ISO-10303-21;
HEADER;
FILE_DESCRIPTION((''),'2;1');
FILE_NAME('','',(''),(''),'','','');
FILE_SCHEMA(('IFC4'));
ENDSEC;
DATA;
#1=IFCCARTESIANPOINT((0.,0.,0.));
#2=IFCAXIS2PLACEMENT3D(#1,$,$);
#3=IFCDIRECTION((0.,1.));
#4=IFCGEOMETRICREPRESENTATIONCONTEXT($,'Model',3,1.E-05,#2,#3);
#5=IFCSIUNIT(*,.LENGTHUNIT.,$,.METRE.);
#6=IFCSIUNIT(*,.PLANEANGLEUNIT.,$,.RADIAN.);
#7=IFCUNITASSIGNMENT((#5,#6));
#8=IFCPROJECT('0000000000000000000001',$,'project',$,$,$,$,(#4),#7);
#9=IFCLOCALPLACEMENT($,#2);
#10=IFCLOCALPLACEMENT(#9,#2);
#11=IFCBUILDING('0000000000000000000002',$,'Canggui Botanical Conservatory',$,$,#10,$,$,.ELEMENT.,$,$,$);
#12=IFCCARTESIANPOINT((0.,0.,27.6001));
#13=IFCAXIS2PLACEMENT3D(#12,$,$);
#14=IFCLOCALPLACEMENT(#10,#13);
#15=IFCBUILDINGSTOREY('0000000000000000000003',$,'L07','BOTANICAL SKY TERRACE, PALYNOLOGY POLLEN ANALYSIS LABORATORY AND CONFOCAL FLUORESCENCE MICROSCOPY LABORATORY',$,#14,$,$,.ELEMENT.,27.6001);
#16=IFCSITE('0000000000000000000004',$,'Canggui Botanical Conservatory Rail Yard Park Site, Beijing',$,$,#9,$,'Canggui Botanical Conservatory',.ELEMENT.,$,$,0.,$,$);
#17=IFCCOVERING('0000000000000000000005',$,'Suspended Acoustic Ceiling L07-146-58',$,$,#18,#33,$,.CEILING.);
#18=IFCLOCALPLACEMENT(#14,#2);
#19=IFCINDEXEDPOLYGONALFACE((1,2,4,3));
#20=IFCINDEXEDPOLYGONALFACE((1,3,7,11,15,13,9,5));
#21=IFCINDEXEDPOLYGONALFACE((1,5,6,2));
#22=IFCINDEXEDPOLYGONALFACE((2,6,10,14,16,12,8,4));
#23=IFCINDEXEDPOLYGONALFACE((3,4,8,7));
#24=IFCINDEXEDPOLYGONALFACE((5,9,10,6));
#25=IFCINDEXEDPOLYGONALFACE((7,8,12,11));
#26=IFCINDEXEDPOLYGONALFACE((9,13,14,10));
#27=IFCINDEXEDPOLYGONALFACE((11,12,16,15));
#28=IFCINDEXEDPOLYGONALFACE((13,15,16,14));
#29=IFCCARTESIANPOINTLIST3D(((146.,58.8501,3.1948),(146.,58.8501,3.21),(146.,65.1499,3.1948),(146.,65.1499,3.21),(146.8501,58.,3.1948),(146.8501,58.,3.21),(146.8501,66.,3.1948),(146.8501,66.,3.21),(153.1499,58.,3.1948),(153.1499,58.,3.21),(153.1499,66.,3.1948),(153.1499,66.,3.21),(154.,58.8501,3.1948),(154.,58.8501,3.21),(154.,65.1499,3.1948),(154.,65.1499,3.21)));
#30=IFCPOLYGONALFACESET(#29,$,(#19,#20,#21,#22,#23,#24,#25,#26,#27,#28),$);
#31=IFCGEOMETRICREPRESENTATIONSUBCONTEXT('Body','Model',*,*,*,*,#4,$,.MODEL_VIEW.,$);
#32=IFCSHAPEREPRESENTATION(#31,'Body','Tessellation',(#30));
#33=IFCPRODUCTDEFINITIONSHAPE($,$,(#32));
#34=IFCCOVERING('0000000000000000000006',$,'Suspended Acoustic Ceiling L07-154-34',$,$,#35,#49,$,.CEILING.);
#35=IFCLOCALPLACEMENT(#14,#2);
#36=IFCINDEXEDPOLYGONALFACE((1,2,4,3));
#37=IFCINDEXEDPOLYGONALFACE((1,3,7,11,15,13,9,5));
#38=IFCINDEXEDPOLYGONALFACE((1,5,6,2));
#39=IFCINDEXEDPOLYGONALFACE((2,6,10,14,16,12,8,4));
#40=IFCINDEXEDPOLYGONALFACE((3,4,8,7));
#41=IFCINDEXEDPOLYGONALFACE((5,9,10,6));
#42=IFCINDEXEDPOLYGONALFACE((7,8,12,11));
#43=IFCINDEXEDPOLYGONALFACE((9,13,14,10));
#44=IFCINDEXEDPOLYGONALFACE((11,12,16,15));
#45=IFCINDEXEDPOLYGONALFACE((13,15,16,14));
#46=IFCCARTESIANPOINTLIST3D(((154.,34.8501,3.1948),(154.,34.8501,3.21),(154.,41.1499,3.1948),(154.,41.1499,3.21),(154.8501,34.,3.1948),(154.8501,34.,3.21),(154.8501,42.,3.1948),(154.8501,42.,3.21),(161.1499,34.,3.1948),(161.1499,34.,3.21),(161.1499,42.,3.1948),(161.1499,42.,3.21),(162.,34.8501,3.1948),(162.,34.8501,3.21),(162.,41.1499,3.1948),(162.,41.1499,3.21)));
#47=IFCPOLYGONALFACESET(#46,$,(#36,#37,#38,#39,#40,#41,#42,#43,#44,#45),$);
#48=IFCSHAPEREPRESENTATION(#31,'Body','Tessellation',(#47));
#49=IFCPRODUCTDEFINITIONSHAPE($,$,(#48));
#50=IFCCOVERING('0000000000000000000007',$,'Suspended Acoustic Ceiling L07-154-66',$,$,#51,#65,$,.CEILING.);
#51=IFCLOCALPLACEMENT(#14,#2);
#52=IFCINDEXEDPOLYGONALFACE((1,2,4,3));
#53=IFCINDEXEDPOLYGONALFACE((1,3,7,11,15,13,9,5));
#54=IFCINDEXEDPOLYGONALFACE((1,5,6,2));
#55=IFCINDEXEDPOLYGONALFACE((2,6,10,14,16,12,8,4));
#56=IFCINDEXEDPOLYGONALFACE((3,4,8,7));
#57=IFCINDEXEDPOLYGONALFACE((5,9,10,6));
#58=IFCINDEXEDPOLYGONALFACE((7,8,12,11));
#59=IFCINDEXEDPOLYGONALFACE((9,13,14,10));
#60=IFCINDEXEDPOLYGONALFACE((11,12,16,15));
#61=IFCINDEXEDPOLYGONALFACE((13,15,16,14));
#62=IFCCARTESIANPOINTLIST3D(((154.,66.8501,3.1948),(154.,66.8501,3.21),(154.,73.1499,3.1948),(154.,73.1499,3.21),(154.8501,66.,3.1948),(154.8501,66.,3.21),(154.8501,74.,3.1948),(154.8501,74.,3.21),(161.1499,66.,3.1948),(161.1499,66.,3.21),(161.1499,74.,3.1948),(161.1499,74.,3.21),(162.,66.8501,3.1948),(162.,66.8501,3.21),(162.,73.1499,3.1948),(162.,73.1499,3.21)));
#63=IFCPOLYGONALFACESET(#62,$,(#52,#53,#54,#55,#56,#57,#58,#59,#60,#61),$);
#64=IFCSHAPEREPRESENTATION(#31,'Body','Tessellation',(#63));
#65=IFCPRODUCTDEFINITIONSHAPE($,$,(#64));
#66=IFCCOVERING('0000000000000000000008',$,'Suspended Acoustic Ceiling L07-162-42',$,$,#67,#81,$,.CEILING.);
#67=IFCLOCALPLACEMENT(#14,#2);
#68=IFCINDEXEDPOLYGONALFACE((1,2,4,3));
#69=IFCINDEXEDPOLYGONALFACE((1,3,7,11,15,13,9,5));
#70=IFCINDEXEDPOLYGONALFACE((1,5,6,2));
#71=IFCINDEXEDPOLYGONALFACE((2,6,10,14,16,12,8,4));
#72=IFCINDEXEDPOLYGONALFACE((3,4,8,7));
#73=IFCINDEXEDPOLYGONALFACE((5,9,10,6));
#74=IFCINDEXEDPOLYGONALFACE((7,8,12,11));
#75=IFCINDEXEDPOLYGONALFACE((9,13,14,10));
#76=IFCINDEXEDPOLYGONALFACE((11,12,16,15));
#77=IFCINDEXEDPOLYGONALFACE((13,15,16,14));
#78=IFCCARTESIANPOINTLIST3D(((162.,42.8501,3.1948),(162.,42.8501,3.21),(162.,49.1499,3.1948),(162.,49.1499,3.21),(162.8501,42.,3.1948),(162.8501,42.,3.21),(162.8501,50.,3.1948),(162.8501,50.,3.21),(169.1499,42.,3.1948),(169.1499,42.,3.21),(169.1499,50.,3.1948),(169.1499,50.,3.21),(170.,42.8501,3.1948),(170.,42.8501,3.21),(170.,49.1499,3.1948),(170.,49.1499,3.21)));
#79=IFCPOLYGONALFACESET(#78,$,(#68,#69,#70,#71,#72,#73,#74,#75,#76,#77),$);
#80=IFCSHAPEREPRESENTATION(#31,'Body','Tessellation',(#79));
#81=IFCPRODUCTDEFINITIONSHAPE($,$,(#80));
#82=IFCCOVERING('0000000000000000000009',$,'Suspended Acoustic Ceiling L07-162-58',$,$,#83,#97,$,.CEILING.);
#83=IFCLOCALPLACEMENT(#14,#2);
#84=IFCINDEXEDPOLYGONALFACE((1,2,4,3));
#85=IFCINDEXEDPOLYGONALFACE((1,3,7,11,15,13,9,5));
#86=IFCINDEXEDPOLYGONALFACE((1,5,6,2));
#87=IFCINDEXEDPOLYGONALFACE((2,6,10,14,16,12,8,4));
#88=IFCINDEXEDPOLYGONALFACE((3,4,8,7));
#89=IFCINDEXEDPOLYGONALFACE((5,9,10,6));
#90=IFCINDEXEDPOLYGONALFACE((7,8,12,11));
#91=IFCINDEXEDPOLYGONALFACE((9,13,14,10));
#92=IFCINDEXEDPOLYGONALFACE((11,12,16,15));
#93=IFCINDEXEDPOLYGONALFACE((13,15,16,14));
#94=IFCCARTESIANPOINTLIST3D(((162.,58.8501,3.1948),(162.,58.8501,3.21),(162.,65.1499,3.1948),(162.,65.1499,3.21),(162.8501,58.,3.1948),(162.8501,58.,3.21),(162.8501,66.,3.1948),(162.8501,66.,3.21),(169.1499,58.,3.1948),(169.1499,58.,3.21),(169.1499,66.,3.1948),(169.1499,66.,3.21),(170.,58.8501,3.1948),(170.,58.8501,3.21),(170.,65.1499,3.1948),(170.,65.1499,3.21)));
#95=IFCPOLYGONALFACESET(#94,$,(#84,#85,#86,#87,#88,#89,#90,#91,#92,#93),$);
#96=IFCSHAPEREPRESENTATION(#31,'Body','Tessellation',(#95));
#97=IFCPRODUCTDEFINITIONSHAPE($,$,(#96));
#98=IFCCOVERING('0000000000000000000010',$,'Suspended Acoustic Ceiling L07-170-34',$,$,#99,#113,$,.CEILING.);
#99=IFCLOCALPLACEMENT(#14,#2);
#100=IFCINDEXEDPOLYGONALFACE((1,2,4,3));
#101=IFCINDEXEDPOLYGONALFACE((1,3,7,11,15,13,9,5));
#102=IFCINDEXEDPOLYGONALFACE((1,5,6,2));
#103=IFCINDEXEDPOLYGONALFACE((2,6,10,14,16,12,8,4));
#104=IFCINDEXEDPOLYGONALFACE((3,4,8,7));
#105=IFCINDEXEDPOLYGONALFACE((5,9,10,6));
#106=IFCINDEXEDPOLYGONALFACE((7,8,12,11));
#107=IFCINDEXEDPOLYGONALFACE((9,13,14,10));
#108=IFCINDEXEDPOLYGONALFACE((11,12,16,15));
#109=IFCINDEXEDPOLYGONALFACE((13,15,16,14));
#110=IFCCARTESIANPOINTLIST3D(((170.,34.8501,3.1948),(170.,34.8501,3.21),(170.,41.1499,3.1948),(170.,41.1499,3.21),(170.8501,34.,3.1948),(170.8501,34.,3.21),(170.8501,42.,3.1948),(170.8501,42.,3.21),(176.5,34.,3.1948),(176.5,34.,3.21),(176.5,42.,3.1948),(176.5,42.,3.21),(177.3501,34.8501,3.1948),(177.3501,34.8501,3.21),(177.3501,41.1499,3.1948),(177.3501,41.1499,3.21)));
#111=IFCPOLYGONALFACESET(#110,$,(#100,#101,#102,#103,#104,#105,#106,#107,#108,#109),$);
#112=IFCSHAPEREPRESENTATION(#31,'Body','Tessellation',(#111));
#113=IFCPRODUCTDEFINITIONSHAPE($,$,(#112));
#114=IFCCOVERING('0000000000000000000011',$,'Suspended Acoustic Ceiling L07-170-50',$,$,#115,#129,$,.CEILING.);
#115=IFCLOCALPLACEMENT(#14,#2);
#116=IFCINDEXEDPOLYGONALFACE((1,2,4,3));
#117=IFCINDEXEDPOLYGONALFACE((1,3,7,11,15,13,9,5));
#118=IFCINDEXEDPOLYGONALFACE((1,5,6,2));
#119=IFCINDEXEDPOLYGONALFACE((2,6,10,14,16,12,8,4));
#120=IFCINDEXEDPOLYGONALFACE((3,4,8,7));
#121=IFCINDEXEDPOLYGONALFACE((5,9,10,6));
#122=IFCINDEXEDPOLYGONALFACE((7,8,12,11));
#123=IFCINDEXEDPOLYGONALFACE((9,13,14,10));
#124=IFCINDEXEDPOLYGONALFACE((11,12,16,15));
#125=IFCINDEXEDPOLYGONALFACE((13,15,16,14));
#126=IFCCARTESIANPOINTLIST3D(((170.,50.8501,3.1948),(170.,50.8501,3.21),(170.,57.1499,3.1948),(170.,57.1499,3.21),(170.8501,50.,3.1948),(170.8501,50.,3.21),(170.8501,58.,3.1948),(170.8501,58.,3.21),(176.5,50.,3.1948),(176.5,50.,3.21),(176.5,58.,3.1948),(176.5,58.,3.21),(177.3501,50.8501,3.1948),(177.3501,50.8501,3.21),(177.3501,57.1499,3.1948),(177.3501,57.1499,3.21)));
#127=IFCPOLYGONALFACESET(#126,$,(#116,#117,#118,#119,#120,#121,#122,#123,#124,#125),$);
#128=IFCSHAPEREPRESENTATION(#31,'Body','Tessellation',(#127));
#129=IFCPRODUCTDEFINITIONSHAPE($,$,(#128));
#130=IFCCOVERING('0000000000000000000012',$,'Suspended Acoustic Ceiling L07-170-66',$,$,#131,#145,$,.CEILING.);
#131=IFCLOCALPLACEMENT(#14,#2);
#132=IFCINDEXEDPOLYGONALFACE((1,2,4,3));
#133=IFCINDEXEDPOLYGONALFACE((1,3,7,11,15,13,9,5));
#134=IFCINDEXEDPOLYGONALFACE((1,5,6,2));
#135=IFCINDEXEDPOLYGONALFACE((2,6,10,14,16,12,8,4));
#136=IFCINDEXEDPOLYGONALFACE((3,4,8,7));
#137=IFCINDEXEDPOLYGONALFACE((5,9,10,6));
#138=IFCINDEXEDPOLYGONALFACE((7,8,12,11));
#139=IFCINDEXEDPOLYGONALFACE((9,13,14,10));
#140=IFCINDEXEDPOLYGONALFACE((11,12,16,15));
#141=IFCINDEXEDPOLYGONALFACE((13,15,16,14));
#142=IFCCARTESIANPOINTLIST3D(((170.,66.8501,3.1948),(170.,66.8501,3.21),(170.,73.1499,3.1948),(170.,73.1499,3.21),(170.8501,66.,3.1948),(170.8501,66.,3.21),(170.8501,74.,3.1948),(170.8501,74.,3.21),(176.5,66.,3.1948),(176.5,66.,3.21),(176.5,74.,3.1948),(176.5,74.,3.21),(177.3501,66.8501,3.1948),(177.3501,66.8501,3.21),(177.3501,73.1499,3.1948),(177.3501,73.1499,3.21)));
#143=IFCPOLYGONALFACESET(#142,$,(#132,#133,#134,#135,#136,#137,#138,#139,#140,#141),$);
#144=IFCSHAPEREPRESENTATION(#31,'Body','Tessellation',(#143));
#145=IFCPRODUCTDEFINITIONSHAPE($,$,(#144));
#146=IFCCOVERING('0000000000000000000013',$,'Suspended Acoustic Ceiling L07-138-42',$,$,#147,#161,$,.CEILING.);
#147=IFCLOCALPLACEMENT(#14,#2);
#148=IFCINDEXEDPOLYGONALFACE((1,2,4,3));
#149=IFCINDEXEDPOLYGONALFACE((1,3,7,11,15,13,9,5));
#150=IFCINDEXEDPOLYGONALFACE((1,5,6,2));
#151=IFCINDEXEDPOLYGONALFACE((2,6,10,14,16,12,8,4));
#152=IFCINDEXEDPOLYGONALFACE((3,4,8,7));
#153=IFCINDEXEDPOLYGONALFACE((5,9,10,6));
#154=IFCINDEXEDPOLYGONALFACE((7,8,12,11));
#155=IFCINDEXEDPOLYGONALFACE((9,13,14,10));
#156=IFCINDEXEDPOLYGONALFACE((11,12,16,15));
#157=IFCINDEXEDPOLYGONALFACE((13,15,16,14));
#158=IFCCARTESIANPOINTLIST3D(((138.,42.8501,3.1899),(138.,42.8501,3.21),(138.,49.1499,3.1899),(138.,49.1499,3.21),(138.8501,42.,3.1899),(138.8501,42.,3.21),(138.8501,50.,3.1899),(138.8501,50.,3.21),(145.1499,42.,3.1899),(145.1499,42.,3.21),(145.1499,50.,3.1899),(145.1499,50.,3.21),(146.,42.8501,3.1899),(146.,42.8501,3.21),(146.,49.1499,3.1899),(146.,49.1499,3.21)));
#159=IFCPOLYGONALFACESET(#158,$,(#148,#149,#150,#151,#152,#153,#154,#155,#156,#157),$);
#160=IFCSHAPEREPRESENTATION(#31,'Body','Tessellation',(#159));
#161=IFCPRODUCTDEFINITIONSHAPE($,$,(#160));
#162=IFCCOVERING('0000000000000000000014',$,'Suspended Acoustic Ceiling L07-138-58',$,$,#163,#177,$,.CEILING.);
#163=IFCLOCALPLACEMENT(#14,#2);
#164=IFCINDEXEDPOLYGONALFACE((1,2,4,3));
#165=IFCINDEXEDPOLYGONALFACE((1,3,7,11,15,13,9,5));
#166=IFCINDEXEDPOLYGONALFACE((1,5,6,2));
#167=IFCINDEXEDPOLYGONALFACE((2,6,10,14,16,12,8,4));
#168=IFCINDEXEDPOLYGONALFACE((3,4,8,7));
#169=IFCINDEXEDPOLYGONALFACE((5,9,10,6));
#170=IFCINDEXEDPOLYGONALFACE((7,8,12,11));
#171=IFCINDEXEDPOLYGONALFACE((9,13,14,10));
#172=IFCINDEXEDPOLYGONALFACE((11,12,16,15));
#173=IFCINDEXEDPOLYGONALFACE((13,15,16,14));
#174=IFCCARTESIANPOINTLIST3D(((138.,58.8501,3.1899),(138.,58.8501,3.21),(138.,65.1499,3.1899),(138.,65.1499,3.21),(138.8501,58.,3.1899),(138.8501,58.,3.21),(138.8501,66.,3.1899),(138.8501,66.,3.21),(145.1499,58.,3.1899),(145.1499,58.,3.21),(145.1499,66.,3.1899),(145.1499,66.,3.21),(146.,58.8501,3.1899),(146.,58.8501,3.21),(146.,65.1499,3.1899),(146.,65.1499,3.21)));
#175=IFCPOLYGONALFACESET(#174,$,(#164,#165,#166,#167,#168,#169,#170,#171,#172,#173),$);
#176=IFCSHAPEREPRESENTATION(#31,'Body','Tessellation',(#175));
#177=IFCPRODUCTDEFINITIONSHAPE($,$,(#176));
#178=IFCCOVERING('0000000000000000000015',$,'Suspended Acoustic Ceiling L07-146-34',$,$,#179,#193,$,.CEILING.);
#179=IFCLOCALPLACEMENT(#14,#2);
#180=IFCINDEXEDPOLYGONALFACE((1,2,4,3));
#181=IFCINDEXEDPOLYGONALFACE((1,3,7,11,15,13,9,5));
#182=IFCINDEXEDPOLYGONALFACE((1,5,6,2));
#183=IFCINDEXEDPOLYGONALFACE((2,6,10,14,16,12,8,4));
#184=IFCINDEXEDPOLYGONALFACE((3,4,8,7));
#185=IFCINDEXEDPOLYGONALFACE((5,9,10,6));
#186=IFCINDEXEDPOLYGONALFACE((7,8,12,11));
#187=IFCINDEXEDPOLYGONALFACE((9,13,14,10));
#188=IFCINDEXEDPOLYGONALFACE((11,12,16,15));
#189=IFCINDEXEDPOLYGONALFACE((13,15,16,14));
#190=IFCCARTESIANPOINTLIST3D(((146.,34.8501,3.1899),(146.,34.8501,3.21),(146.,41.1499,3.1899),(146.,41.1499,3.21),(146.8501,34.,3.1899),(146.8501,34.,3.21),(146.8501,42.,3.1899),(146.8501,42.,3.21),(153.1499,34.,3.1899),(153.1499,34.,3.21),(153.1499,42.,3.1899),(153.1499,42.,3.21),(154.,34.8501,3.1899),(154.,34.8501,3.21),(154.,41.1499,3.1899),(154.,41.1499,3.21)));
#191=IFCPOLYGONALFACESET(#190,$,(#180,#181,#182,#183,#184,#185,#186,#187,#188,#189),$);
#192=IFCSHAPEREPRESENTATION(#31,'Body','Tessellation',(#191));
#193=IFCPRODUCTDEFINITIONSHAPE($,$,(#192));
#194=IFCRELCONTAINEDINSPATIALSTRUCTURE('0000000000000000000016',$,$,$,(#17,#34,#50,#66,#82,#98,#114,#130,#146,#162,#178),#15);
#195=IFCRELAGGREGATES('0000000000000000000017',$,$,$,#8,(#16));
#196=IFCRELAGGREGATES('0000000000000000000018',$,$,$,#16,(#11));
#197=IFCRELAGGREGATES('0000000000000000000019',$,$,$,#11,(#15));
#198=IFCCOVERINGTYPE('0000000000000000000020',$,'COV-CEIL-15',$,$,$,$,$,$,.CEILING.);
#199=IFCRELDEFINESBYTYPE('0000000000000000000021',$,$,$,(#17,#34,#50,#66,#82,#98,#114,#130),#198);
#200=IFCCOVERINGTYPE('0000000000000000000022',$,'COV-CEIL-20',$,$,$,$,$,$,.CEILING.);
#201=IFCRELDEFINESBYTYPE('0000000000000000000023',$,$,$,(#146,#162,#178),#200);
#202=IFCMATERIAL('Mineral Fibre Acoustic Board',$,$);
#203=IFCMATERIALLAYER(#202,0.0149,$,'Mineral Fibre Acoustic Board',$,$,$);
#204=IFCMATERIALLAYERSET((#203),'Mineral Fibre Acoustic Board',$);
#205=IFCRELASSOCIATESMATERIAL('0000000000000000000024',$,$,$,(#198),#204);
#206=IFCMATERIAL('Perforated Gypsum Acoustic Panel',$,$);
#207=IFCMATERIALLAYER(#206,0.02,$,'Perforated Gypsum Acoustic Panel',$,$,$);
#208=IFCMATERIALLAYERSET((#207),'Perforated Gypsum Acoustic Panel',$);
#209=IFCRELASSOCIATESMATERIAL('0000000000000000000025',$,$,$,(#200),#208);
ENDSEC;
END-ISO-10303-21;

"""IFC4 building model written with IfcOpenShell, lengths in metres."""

from ifc_helpers import new_model, si_unit, direction, frame, origin, place, context, subcontext, project, spatial, polyline, outline, extrude, material, layer, layer_set, type_object, element, save


model = new_model("IFC4")

# Units and contexts
model_context = context("Model", 3, precision=1e-05, world=origin(), true_north=direction((0.0, 1.0)))
body_context = subcontext(model_context, "Body", "Model", "MODEL_VIEW")
ifc_project = project(units=[si_unit("LENGTHUNIT", "METRE"), si_unit("PLANEANGLEUNIT", "RADIAN")], contexts=[model_context])

# Site, building, storey
site_placement = place(None, origin())
site = spatial("IfcSite", under=ifc_project, at=site_placement, Name="Canggui Botanical Conservatory Rail Yard Park Site, Beijing", LongName="Canggui Botanical Conservatory", CompositionType="ELEMENT", RefElevation=0.0)
building_placement = place(site_placement, origin())
building = spatial("IfcBuilding", under=site, at=building_placement, Name="Canggui Botanical Conservatory", CompositionType="ELEMENT")
storey_placement = place(building_placement, frame((0.0, 0.0, 27.6001)))
storey = spatial("IfcBuildingStorey", under=building, at=storey_placement, Name="L07", Description="BOTANICAL SKY TERRACE, PALYNOLOGY POLLEN ANALYSIS LABORATORY AND CONFOCAL FLUORESCENCE MICROSCOPY LABORATORY", CompositionType="ELEMENT", Elevation=27.6001)

# Coverings
ifc_material_1 = material(Name="Mineral Fibre Acoustic Board")
ifc_layer_1 = layer(ifc_material_1, 0.0149, Name="Mineral Fibre Acoustic Board")
ifc_layer_set_1 = layer_set([ifc_layer_1], Name="Mineral Fibre Acoustic Board")
covering_type_1 = type_object("IfcCoveringType", Name="COV-CEIL-15", PredefinedType="CEILING", material=ifc_layer_set_1)
covering_1_placement = place(storey_placement, frame((0.0, 0.0, 3.1948)))
element("IfcCovering", 1, at=covering_1_placement, inside=storey, type_object=covering_type_1, Name="Suspended Acoustic Ceiling L07-146-58", PredefinedType="CEILING", context=body_context, shape_type="SweptSolid", body=[
    extrude(outline(polyline([(146.8501, 58.0), (153.1499, 58.0), (154.0, 58.8501), (154.0, 65.1499), (153.1499, 66.0), (146.8501, 66.0), (146.0, 65.1499), (146.0, 58.8501), (146.8501, 58.0)])), origin(), (0.0, 0.0, 1.0), 0.0151),
])
covering_2_placement = place(storey_placement, frame((0.0, 0.0, 3.1948)))
element("IfcCovering", 2, at=covering_2_placement, inside=storey, type_object=covering_type_1, Name="Suspended Acoustic Ceiling L07-154-34", PredefinedType="CEILING", context=body_context, shape_type="SweptSolid", body=[
    extrude(outline(polyline([(154.8501, 34.0), (161.1499, 34.0), (162.0, 34.8501), (162.0, 41.1499), (161.1499, 42.0), (154.8501, 42.0), (154.0, 41.1499), (154.0, 34.8501), (154.8501, 34.0)])), origin(), (0.0, 0.0, 1.0), 0.0151),
])
covering_3_placement = place(storey_placement, frame((0.0, 0.0, 3.1948)))
element("IfcCovering", 3, at=covering_3_placement, inside=storey, type_object=covering_type_1, Name="Suspended Acoustic Ceiling L07-154-66", PredefinedType="CEILING", context=body_context, shape_type="SweptSolid", body=[
    extrude(outline(polyline([(154.8501, 66.0), (161.1499, 66.0), (162.0, 66.8501), (162.0, 73.1499), (161.1499, 74.0), (154.8501, 74.0), (154.0, 73.1499), (154.0, 66.8501), (154.8501, 66.0)])), origin(), (0.0, 0.0, 1.0), 0.0151),
])
covering_4_placement = place(storey_placement, frame((0.0, 0.0, 3.1948)))
element("IfcCovering", 4, at=covering_4_placement, inside=storey, type_object=covering_type_1, Name="Suspended Acoustic Ceiling L07-162-42", PredefinedType="CEILING", context=body_context, shape_type="SweptSolid", body=[
    extrude(outline(polyline([(162.8501, 42.0), (169.1499, 42.0), (170.0, 42.8501), (170.0, 49.1499), (169.1499, 50.0), (162.8501, 50.0), (162.0, 49.1499), (162.0, 42.8501), (162.8501, 42.0)])), origin(), (0.0, 0.0, 1.0), 0.0151),
])
covering_5_placement = place(storey_placement, frame((0.0, 0.0, 3.1948)))
element("IfcCovering", 5, at=covering_5_placement, inside=storey, type_object=covering_type_1, Name="Suspended Acoustic Ceiling L07-162-58", PredefinedType="CEILING", context=body_context, shape_type="SweptSolid", body=[
    extrude(outline(polyline([(162.8501, 58.0), (169.1499, 58.0), (170.0, 58.8501), (170.0, 65.1499), (169.1499, 66.0), (162.8501, 66.0), (162.0, 65.1499), (162.0, 58.8501), (162.8501, 58.0)])), origin(), (0.0, 0.0, 1.0), 0.0151),
])
covering_6_placement = place(storey_placement, frame((0.0, 0.0, 3.1948)))
element("IfcCovering", 6, at=covering_6_placement, inside=storey, type_object=covering_type_1, Name="Suspended Acoustic Ceiling L07-170-34", PredefinedType="CEILING", context=body_context, shape_type="SweptSolid", body=[
    extrude(outline(polyline([(170.8501, 34.0), (176.5, 34.0), (177.3501, 34.8501), (177.3501, 41.1499), (176.5, 42.0), (170.8501, 42.0), (170.0, 41.1499), (170.0, 34.8501), (170.8501, 34.0)])), origin(), (0.0, 0.0, 1.0), 0.0151),
])
covering_7_placement = place(storey_placement, frame((0.0, 0.0, 3.1948)))
element("IfcCovering", 7, at=covering_7_placement, inside=storey, type_object=covering_type_1, Name="Suspended Acoustic Ceiling L07-170-50", PredefinedType="CEILING", context=body_context, shape_type="SweptSolid", body=[
    extrude(outline(polyline([(170.8501, 50.0), (176.5, 50.0), (177.3501, 50.8501), (177.3501, 57.1499), (176.5, 58.0), (170.8501, 58.0), (170.0, 57.1499), (170.0, 50.8501), (170.8501, 50.0)])), origin(), (0.0, 0.0, 1.0), 0.0151),
])
covering_8_placement = place(storey_placement, frame((0.0, 0.0, 3.1948)))
element("IfcCovering", 8, at=covering_8_placement, inside=storey, type_object=covering_type_1, Name="Suspended Acoustic Ceiling L07-170-66", PredefinedType="CEILING", context=body_context, shape_type="SweptSolid", body=[
    extrude(outline(polyline([(170.8501, 66.0), (176.5, 66.0), (177.3501, 66.8501), (177.3501, 73.1499), (176.5, 74.0), (170.8501, 74.0), (170.0, 73.1499), (170.0, 66.8501), (170.8501, 66.0)])), origin(), (0.0, 0.0, 1.0), 0.0151),
])
ifc_material_2 = material(Name="Perforated Gypsum Acoustic Panel")
ifc_layer_2 = layer(ifc_material_2, 0.02, Name="Perforated Gypsum Acoustic Panel")
ifc_layer_set_2 = layer_set([ifc_layer_2], Name="Perforated Gypsum Acoustic Panel")
covering_type_2 = type_object("IfcCoveringType", Name="COV-CEIL-20", PredefinedType="CEILING", material=ifc_layer_set_2)
covering_9_placement = place(storey_placement, frame((0.0, 0.0, 3.1899)))
element("IfcCovering", 9, at=covering_9_placement, inside=storey, type_object=covering_type_2, Name="Suspended Acoustic Ceiling L07-138-42", PredefinedType="CEILING", context=body_context, shape_type="SweptSolid", body=[
    extrude(outline(polyline([(138.8501, 42.0), (145.1499, 42.0), (146.0, 42.8501), (146.0, 49.1499), (145.1499, 50.0), (138.8501, 50.0), (138.0, 49.1499), (138.0, 42.8501), (138.8501, 42.0)])), origin(), (0.0, 0.0, 1.0), 0.02),
])
covering_10_placement = place(storey_placement, frame((0.0, 0.0, 3.1899)))
element("IfcCovering", 10, at=covering_10_placement, inside=storey, type_object=covering_type_2, Name="Suspended Acoustic Ceiling L07-138-58", PredefinedType="CEILING", context=body_context, shape_type="SweptSolid", body=[
    extrude(outline(polyline([(138.8501, 58.0), (145.1499, 58.0), (146.0, 58.8501), (146.0, 65.1499), (145.1499, 66.0), (138.8501, 66.0), (138.0, 65.1499), (138.0, 58.8501), (138.8501, 58.0)])), origin(), (0.0, 0.0, 1.0), 0.02),
])
covering_11_placement = place(storey_placement, frame((0.0, 0.0, 3.1899)))
element("IfcCovering", 11, at=covering_11_placement, inside=storey, type_object=covering_type_2, Name="Suspended Acoustic Ceiling L07-146-34", PredefinedType="CEILING", context=body_context, shape_type="SweptSolid", body=[
    extrude(outline(polyline([(146.8501, 34.0), (153.1499, 34.0), (154.0, 34.8501), (154.0, 41.1499), (153.1499, 42.0), (146.8501, 42.0), (146.0, 41.1499), (146.0, 34.8501), (146.8501, 34.0)])), origin(), (0.0, 0.0, 1.0), 0.02),
])

save(model, "model.ifc")
